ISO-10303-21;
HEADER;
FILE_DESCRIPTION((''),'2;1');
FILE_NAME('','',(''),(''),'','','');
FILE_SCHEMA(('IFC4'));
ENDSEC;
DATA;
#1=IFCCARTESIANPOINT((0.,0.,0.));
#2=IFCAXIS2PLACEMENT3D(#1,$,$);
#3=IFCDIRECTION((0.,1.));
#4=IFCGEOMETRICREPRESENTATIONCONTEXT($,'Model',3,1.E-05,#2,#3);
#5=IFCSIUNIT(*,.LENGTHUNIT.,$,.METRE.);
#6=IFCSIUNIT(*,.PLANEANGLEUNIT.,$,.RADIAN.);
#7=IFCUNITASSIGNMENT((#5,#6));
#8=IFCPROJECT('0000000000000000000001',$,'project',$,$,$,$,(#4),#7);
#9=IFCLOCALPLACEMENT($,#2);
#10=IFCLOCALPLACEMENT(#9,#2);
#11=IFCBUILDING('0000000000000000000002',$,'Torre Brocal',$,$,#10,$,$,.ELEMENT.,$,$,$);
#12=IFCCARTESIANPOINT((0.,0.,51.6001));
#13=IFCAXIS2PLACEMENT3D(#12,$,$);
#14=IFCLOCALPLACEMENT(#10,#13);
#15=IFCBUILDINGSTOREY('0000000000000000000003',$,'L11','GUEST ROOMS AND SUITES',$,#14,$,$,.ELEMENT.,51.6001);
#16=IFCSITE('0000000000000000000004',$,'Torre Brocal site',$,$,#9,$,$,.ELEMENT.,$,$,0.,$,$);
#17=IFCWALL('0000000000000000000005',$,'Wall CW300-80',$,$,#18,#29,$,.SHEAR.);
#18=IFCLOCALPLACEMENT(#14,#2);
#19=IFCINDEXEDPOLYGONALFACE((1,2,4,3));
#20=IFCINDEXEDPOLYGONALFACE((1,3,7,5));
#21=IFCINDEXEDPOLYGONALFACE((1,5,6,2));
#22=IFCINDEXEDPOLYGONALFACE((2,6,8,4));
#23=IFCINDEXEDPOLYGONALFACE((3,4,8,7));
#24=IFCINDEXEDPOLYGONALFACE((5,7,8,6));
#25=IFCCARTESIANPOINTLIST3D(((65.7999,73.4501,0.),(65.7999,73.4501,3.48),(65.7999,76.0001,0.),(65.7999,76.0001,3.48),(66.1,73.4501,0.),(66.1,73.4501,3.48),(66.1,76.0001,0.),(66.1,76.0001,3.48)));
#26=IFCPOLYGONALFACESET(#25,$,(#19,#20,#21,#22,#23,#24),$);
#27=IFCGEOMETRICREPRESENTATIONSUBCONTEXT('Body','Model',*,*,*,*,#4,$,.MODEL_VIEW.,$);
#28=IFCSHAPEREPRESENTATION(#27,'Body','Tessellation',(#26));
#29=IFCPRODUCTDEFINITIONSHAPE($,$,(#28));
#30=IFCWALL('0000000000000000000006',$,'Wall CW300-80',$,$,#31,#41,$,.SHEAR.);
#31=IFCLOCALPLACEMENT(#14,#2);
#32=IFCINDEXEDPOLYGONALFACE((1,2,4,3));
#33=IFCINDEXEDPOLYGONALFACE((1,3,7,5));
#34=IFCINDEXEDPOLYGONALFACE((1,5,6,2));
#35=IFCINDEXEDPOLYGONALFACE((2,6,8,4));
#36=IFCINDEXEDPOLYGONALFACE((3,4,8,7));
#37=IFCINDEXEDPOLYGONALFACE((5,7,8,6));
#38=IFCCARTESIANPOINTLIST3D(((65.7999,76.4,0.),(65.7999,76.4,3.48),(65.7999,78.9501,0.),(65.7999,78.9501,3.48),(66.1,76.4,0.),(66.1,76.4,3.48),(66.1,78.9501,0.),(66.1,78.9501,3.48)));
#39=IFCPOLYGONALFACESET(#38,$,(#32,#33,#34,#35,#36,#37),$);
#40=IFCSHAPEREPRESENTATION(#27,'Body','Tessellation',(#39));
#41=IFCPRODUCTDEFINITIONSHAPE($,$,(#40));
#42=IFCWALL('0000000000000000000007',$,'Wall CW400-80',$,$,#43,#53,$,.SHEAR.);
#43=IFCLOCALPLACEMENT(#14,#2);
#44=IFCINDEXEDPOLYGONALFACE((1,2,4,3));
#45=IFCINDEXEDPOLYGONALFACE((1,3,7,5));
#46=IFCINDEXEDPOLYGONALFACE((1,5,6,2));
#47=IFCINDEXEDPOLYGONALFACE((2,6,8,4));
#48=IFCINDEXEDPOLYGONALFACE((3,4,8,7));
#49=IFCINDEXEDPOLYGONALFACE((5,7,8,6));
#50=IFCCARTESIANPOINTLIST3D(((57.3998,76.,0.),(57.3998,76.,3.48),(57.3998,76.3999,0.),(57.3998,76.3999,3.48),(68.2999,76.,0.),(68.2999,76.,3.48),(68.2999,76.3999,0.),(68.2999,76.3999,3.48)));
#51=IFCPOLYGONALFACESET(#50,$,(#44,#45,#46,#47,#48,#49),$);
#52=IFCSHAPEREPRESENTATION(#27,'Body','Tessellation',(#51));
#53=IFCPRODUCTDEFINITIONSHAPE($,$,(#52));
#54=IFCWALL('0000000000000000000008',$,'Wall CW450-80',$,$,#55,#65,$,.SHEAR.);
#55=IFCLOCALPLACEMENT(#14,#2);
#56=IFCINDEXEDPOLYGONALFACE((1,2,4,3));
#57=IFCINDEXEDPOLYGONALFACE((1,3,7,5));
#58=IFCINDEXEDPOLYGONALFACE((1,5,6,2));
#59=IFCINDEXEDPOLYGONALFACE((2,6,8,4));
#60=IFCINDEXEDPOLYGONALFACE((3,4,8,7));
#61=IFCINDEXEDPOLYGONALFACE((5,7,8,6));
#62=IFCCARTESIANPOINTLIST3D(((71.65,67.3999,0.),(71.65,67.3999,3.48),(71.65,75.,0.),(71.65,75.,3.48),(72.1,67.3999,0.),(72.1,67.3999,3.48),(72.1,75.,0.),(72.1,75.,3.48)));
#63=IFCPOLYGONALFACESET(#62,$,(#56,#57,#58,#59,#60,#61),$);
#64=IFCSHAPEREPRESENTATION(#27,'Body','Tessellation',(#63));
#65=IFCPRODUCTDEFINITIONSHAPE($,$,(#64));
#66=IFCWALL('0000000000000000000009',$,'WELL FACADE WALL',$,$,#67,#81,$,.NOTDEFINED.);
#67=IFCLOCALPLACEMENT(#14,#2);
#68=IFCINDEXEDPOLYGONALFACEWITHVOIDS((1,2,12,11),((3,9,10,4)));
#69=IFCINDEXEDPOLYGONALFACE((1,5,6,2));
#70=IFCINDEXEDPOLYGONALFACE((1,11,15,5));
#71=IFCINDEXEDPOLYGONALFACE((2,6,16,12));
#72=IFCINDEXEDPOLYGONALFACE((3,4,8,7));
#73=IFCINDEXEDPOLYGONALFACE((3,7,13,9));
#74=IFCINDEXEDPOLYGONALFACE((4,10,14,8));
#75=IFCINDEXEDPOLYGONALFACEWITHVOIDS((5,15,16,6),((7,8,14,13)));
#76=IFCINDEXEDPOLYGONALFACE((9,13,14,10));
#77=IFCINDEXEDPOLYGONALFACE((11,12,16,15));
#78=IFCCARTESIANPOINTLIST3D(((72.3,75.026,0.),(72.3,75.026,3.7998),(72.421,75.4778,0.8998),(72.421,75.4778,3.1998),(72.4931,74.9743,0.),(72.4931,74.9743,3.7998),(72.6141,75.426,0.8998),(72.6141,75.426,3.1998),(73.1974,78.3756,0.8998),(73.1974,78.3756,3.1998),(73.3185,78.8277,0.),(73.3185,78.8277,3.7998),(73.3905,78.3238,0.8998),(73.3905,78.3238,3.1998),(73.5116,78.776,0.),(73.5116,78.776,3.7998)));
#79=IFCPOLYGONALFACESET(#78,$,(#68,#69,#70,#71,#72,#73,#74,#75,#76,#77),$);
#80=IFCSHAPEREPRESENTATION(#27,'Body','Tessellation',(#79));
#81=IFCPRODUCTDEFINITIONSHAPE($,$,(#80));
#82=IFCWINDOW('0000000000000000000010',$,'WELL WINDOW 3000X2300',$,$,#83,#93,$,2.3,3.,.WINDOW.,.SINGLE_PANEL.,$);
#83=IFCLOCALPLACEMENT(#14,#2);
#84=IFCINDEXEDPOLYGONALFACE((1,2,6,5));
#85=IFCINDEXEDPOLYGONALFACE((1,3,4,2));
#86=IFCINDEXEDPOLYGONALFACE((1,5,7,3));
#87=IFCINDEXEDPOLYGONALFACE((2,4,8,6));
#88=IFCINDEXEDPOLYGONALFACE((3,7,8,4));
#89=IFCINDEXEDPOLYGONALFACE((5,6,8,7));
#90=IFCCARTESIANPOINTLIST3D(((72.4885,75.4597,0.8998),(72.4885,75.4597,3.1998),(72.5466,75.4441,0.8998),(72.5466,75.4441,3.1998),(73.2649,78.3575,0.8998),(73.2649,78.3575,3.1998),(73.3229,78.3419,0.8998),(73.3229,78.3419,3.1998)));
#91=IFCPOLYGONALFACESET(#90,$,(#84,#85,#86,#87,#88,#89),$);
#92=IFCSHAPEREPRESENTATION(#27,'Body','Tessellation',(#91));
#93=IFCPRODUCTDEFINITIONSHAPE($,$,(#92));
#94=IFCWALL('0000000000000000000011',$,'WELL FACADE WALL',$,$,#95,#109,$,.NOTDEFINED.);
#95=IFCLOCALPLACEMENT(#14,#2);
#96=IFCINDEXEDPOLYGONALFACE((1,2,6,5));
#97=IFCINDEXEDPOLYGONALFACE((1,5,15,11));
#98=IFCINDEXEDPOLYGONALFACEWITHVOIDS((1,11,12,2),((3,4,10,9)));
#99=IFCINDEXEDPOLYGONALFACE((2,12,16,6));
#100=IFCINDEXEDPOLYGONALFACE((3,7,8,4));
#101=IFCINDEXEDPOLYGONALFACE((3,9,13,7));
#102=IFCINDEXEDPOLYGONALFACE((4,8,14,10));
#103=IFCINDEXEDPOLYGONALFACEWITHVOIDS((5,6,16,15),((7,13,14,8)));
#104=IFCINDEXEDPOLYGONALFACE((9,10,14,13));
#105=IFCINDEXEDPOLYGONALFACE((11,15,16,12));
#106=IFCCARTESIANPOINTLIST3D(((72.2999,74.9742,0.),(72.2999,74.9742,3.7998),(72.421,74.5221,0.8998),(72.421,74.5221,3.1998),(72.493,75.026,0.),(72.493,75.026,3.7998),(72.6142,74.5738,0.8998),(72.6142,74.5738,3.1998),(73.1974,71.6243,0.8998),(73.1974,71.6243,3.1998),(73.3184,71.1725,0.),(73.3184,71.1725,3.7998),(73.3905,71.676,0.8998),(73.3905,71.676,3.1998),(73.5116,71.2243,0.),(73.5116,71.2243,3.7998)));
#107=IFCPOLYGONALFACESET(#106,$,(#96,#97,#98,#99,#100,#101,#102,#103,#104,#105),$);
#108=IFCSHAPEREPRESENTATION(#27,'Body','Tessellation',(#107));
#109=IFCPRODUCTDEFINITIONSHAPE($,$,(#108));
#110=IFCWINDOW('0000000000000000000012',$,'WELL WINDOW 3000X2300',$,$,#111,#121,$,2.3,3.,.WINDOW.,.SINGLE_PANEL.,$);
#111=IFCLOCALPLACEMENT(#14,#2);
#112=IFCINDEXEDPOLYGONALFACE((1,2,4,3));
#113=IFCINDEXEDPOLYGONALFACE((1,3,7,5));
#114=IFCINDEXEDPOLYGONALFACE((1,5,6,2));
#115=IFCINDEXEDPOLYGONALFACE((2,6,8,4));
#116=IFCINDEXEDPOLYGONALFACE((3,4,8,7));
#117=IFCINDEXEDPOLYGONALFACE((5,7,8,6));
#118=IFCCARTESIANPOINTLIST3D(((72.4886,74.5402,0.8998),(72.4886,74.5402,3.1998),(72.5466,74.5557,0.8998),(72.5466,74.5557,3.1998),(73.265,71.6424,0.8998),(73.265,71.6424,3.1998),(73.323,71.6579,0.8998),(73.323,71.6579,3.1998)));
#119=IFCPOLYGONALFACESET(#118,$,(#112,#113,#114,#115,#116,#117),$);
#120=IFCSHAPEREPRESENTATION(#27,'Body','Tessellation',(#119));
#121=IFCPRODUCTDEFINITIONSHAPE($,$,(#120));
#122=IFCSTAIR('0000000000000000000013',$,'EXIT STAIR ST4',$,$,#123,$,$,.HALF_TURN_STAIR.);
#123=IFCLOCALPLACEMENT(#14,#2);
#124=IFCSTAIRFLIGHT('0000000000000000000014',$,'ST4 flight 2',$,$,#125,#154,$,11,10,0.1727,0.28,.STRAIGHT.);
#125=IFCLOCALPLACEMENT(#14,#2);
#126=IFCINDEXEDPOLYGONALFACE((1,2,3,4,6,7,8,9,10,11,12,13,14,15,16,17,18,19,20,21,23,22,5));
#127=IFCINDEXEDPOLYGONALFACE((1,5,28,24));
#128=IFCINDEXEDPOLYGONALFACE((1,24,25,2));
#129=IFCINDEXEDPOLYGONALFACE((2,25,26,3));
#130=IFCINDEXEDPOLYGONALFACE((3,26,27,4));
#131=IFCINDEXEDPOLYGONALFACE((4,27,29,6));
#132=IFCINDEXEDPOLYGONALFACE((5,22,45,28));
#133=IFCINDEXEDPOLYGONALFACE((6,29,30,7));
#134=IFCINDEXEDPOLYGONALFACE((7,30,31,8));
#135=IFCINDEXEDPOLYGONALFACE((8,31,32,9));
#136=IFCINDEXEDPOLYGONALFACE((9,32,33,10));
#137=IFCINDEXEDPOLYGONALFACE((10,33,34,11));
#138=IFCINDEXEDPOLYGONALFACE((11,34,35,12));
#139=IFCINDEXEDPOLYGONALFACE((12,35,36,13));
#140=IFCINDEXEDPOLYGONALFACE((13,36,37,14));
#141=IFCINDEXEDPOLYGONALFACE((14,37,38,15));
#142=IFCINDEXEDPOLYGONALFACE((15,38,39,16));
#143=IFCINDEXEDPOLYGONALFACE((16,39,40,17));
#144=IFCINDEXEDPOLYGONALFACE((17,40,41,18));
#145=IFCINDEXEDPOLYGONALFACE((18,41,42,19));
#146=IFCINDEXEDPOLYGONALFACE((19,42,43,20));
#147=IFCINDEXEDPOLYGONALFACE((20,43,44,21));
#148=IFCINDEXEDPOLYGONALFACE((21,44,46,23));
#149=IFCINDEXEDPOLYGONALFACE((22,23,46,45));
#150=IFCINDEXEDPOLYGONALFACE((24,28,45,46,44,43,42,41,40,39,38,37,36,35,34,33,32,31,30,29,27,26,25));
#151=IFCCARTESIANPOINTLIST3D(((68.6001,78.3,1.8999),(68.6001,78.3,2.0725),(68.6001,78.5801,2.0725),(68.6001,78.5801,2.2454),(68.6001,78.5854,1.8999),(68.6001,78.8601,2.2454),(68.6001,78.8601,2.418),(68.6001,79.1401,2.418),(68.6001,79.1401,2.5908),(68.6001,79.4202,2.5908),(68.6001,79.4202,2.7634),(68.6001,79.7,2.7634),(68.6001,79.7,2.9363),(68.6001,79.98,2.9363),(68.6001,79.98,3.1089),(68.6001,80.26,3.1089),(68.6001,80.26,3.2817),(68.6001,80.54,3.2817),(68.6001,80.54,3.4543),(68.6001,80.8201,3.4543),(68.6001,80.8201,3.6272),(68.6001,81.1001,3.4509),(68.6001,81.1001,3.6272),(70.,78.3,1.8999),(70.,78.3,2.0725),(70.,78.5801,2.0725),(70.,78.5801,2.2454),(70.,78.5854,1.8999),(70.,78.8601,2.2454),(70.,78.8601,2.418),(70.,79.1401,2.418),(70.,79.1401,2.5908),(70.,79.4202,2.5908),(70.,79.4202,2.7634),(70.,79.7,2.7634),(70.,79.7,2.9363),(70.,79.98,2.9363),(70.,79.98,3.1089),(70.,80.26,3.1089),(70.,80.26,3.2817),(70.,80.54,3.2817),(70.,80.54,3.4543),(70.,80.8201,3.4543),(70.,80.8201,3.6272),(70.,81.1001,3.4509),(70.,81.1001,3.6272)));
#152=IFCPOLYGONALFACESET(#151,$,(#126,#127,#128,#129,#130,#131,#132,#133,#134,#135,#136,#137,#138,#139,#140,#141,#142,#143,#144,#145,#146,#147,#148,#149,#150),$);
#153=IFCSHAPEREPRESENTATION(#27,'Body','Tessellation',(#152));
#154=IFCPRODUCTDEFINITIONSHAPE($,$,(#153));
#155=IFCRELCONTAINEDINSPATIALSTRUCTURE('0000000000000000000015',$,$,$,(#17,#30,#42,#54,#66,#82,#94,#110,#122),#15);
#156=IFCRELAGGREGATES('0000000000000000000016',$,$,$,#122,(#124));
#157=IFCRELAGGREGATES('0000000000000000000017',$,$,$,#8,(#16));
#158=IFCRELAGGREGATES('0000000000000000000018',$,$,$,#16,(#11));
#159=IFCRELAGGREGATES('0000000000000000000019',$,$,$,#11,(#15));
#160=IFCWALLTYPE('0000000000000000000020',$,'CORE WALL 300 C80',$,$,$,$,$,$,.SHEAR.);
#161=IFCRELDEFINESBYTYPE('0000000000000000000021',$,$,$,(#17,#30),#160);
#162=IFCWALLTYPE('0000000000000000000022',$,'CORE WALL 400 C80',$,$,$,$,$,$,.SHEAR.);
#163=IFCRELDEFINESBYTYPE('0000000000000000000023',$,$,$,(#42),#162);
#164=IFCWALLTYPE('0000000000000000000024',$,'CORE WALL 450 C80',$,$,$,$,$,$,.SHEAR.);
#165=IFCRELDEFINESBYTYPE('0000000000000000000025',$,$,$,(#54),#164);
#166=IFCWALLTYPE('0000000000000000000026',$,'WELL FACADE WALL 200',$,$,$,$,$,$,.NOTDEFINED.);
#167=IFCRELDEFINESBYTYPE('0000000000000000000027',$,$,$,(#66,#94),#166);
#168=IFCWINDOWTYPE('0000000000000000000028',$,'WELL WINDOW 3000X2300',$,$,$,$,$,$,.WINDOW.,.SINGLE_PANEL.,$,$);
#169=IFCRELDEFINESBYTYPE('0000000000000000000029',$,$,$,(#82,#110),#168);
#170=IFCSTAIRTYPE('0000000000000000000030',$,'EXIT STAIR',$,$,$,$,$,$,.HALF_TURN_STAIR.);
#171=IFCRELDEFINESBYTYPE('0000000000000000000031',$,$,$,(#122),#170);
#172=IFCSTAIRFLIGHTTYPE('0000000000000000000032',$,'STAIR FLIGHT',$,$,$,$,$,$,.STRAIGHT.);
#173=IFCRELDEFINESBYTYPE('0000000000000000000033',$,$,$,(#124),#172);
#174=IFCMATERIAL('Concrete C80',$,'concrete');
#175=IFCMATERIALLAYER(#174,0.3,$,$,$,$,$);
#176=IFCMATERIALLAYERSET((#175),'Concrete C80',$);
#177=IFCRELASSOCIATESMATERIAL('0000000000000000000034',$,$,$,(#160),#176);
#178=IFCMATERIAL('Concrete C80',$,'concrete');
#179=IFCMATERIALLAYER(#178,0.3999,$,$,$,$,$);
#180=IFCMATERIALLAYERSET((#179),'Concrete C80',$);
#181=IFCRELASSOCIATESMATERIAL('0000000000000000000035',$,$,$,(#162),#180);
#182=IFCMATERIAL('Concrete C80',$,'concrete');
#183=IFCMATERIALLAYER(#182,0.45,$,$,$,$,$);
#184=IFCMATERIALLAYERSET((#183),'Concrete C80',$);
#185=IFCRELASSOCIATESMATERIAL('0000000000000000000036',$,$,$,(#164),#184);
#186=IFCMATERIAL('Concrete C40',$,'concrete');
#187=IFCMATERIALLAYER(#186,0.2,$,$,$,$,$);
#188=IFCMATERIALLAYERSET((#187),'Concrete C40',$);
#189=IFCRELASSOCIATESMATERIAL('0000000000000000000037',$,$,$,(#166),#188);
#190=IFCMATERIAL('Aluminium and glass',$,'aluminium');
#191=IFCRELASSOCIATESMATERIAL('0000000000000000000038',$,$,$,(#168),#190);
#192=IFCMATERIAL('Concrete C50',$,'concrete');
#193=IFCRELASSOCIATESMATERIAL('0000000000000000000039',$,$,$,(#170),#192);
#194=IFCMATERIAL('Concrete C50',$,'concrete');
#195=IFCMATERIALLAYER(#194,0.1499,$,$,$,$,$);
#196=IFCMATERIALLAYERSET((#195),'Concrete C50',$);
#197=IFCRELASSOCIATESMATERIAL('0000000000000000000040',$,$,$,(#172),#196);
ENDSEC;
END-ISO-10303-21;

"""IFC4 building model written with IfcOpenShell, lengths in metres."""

from ifc_helpers import new_model, si_unit, direction, frame, frame_2d, origin, place, context, subcontext, project, spatial, polyline, rectangle, outline, extrude, material, layer, layer_set, type_object, element, fill, aggregate, save


model = new_model("IFC4")

# Units and contexts
model_context = context("Model", 3, precision=1e-05, world=origin(), true_north=direction((0.0, 1.0)))
body_context = subcontext(model_context, "Body", "Model", "MODEL_VIEW")
ifc_project = project(units=[si_unit("LENGTHUNIT", "METRE"), si_unit("PLANEANGLEUNIT", "RADIAN")], contexts=[model_context])

# Site, building, storey
site_placement = place(None, origin())
site = spatial("IfcSite", under=ifc_project, at=site_placement, Name="Torre Brocal site", CompositionType="ELEMENT", RefElevation=0.0)
building_placement = place(site_placement, origin())
building = spatial("IfcBuilding", under=site, at=building_placement, Name="Torre Brocal", CompositionType="ELEMENT")
storey_placement = place(building_placement, frame((0.0, 0.0, 51.6001)))
storey = spatial("IfcBuildingStorey", under=building, at=storey_placement, Name="L11", Description="GUEST ROOMS AND SUITES", CompositionType="ELEMENT", Elevation=51.6001)

# Shared definitions
ifc_material_1 = material(Name="Concrete C80", Category="concrete")
ifc_layer_1 = layer(ifc_material_1, 0.3)
ifc_layer_set_1 = layer_set([ifc_layer_1], Name="Concrete C80")
wall_type_1 = type_object("IfcWallType", Name="CORE WALL 300 C80", PredefinedType="SHEAR", material=ifc_layer_set_1)

# Walls
for number, where, z_axis, x_axis, name in (
    (1, (65.95, 76.0, 0.0), (0.0, 0.0, 1.0), (0.0, -1.0, 0.0), "Wall CW300-80"),
    (2, (65.95, 78.95, 0.0), (0.0, 0.0, 1.0), (0.0, -1.0, 0.0), "Wall CW300-80"),
):
    element("IfcWall", number, at=place(storey_placement, frame(where, z_axis=z_axis, x_axis=x_axis)), inside=storey, type_object=wall_type_1, Name=name, PredefinedType="SHEAR", context=body_context, shape_type="SweptSolid", body=[
        extrude(rectangle(XDim=2.55, YDim=0.3, at=frame_2d((1.2749, 0.0))), origin(), (0.0, 0.0, 1.0), 3.48),
    ])
ifc_material_2 = material(Name="Concrete C80", Category="concrete")
ifc_layer_2 = layer(ifc_material_2, 0.3999)
ifc_layer_set_2 = layer_set([ifc_layer_2], Name="Concrete C80")
wall_type_2 = type_object("IfcWallType", Name="CORE WALL 400 C80", PredefinedType="SHEAR", material=ifc_layer_set_2)
wall_1_placement = place(storey_placement, frame((68.3, 76.2, 0.0), z_axis=(0.0, 0.0, 1.0), x_axis=(-1.0, 0.0, 0.0)))
element("IfcWall", 3, at=wall_1_placement, inside=storey, type_object=wall_type_2, Name="Wall CW400-80", PredefinedType="SHEAR", context=body_context, shape_type="SweptSolid", body=[
    extrude(rectangle(XDim=10.9001, YDim=0.3999, at=frame_2d((5.4502, 0.0))), origin(), (0.0, 0.0, 1.0), 3.48),
])
ifc_material_3 = material(Name="Concrete C80", Category="concrete")
ifc_layer_3 = layer(ifc_material_3, 0.45)
ifc_layer_set_3 = layer_set([ifc_layer_3], Name="Concrete C80")
wall_type_3 = type_object("IfcWallType", Name="CORE WALL 450 C80", PredefinedType="SHEAR", material=ifc_layer_set_3)
wall_2_placement = place(storey_placement, frame((71.875, 75.0, 0.0), z_axis=(0.0, 0.0, 1.0), x_axis=(0.0, -1.0, 0.0)))
element("IfcWall", 4, at=wall_2_placement, inside=storey, type_object=wall_type_3, Name="Wall CW450-80", PredefinedType="SHEAR", context=body_context, shape_type="SweptSolid", body=[
    extrude(rectangle(XDim=7.6001, YDim=0.45, at=frame_2d((3.8, 0.0))), origin(), (0.0, 0.0, 1.0), 3.48),
])

# Walls, openings, windows
ifc_material_4 = material(Name="Concrete C40", Category="concrete")
ifc_layer_4 = layer(ifc_material_4, 0.2)
ifc_layer_set_4 = layer_set([ifc_layer_4], Name="Concrete C40")
wall_type_4 = type_object("IfcWallType", Name="WELL FACADE WALL 200", PredefinedType="NOTDEFINED", material=ifc_layer_set_4)
wall_3_placement = place(storey_placement, frame((73.415, 78.8018, 0.0), z_axis=(0.0, 0.0, 1.0), x_axis=(-0.25879, -0.965934, 0.0)))
wall_3 = element("IfcWall", 5, at=wall_3_placement, inside=storey, type_object=wall_type_4, Name="WELL FACADE WALL", PredefinedType="NOTDEFINED", context=body_context, shape_type="SweptSolid", body=[
    extrude(rectangle(XDim=3.9358, YDim=0.2, at=frame_2d((1.9678, 0.0))), origin(), (0.0, 0.0, 1.0), 3.7998),
])
opening_1_placement = place(wall_3_placement, frame((0.468, 0.0, 0.8999)))
opening_1 = element("IfcOpeningElement", 6, at=opening_1_placement, cuts=wall_3, PredefinedType="OPENING", context=body_context, shape_type="SweptSolid", body=[
    extrude(rectangle(XDim=3.0, YDim=2.3, at=frame_2d((1.5, 1.1499))), frame((0.0, 0.1099, 0.0), z_axis=(0.0, -1.0, 0.0), x_axis=(1.0, 0.0, 0.0)), (0.0, 0.0, 1.0), 0.22),
])
ifc_material_5 = material(Name="Aluminium and glass", Category="aluminium")
window_type = type_object("IfcWindowType", Name="WELL WINDOW 3000X2300", PartitioningType="SINGLE_PANEL", PredefinedType="WINDOW", material=ifc_material_5)
window_1_placement = place(opening_1_placement, origin())
window_1 = element("IfcWindow", 7, at=window_1_placement, inside=storey, type_object=window_type, Name="WELL WINDOW 3000X2300", OverallHeight=2.3, OverallWidth=3.0, PartitioningType="SINGLE_PANEL", PredefinedType="WINDOW", context=body_context, shape_type="SweptSolid", body=[
    extrude(rectangle(XDim=3.0, YDim=2.3, at=frame_2d((1.5, 1.1499))), frame((0.0, 0.03, 0.0), z_axis=(0.0, -1.0, 0.0), x_axis=(1.0, 0.0, 0.0)), (0.0, 0.0, 1.0), 0.0601),
])
fill(opening_1, window_1)
wall_4_placement = place(storey_placement, frame((72.3965, 75.0, 0.0), z_axis=(0.0, 0.0, 1.0), x_axis=(0.25879, -0.965934, 0.0)))
wall_4 = element("IfcWall", 8, at=wall_4_placement, inside=storey, type_object=wall_type_4, Name="WELL FACADE WALL", PredefinedType="NOTDEFINED", context=body_context, shape_type="SweptSolid", body=[
    extrude(rectangle(XDim=3.9358, YDim=0.2, at=frame_2d((1.9678, 0.0))), origin(), (0.0, 0.0, 1.0), 3.7998),
])
opening_2_placement = place(wall_4_placement, frame((0.468, 0.0, 0.8999)))
opening_2 = element("IfcOpeningElement", 9, at=opening_2_placement, cuts=wall_4, PredefinedType="OPENING", context=body_context, shape_type="SweptSolid", body=[
    extrude(rectangle(XDim=3.0, YDim=2.3, at=frame_2d((1.5, 1.1499))), frame((0.0, 0.1099, 0.0), z_axis=(0.0, -1.0, 0.0), x_axis=(1.0, 0.0, 0.0)), (0.0, 0.0, 1.0), 0.22),
])
window_2_placement = place(opening_2_placement, origin())
window_2 = element("IfcWindow", 10, at=window_2_placement, inside=storey, type_object=window_type, Name="WELL WINDOW 3000X2300", OverallHeight=2.3, OverallWidth=3.0, PartitioningType="SINGLE_PANEL", PredefinedType="WINDOW", context=body_context, shape_type="SweptSolid", body=[
    extrude(rectangle(XDim=3.0, YDim=2.3, at=frame_2d((1.5, 1.1499))), frame((0.0, 0.03, 0.0), z_axis=(0.0, -1.0, 0.0), x_axis=(1.0, 0.0, 0.0)), (0.0, 0.0, 1.0), 0.0601),
])
fill(opening_2, window_2)

# Stair, stair flight
ifc_material_6 = material(Name="Concrete C50", Category="concrete")
stair_type = type_object("IfcStairType", Name="EXIT STAIR", PredefinedType="HALF_TURN_STAIR", material=ifc_material_6)
stair_placement = place(storey_placement, origin())
stair = element("IfcStair", 11, at=stair_placement, inside=storey, type_object=stair_type, Name="EXIT STAIR ST4", PredefinedType="HALF_TURN_STAIR")
ifc_material_7 = material(Name="Concrete C50", Category="concrete")
ifc_layer_5 = layer(ifc_material_7, 0.1499)
ifc_layer_set_5 = layer_set([ifc_layer_5], Name="Concrete C50")
stair_flight_type = type_object("IfcStairFlightType", Name="STAIR FLIGHT", PredefinedType="STRAIGHT", material=ifc_layer_set_5)
stair_flight_placement = place(storey_placement, frame((69.3, 78.3, 1.8999), z_axis=(0.0, 0.0, 1.0), x_axis=(0.0, 1.0, 0.0)))
stair_flight = element("IfcStairFlight", 12, at=stair_flight_placement, type_object=stair_flight_type, Name="ST4 flight 2", NumberOfRisers=11, NumberOfTreads=10, PredefinedType="STRAIGHT", RiserHeight=0.1727, TreadLength=0.28, context=body_context, shape_type="SweptSolid", body=[
    extrude(outline(polyline([(0.0, 0.0), (0.0, 0.1726), (0.28, 0.1726), (0.28, 0.3455), (0.5601, 0.3455), (0.5601, 0.5181), (0.8401, 0.5181), (0.8401, 0.6909), (1.1201, 0.6909), (1.1201, 0.8635), (1.3999, 0.8635), (1.3999, 1.0364), (1.6799, 1.0364), (1.6799, 1.209), (1.96, 1.209), (1.96, 1.3818), (2.24, 1.3818), (2.24, 1.5544), (2.52, 1.5544), (2.52, 1.7273), (2.8, 1.7273), (2.8, 1.8999), (2.8, 1.551), (0.2854, 0.0), (0.0, 0.0)])), frame((0.0, 0.7, 0.0), z_axis=(0.0, -1.0, 0.0), x_axis=(1.0, 0.0, 0.0)), (0.0, 0.0, 1.0), 1.3999),
])
aggregate(stair, [stair_flight])

save(model, "model.ifc")
